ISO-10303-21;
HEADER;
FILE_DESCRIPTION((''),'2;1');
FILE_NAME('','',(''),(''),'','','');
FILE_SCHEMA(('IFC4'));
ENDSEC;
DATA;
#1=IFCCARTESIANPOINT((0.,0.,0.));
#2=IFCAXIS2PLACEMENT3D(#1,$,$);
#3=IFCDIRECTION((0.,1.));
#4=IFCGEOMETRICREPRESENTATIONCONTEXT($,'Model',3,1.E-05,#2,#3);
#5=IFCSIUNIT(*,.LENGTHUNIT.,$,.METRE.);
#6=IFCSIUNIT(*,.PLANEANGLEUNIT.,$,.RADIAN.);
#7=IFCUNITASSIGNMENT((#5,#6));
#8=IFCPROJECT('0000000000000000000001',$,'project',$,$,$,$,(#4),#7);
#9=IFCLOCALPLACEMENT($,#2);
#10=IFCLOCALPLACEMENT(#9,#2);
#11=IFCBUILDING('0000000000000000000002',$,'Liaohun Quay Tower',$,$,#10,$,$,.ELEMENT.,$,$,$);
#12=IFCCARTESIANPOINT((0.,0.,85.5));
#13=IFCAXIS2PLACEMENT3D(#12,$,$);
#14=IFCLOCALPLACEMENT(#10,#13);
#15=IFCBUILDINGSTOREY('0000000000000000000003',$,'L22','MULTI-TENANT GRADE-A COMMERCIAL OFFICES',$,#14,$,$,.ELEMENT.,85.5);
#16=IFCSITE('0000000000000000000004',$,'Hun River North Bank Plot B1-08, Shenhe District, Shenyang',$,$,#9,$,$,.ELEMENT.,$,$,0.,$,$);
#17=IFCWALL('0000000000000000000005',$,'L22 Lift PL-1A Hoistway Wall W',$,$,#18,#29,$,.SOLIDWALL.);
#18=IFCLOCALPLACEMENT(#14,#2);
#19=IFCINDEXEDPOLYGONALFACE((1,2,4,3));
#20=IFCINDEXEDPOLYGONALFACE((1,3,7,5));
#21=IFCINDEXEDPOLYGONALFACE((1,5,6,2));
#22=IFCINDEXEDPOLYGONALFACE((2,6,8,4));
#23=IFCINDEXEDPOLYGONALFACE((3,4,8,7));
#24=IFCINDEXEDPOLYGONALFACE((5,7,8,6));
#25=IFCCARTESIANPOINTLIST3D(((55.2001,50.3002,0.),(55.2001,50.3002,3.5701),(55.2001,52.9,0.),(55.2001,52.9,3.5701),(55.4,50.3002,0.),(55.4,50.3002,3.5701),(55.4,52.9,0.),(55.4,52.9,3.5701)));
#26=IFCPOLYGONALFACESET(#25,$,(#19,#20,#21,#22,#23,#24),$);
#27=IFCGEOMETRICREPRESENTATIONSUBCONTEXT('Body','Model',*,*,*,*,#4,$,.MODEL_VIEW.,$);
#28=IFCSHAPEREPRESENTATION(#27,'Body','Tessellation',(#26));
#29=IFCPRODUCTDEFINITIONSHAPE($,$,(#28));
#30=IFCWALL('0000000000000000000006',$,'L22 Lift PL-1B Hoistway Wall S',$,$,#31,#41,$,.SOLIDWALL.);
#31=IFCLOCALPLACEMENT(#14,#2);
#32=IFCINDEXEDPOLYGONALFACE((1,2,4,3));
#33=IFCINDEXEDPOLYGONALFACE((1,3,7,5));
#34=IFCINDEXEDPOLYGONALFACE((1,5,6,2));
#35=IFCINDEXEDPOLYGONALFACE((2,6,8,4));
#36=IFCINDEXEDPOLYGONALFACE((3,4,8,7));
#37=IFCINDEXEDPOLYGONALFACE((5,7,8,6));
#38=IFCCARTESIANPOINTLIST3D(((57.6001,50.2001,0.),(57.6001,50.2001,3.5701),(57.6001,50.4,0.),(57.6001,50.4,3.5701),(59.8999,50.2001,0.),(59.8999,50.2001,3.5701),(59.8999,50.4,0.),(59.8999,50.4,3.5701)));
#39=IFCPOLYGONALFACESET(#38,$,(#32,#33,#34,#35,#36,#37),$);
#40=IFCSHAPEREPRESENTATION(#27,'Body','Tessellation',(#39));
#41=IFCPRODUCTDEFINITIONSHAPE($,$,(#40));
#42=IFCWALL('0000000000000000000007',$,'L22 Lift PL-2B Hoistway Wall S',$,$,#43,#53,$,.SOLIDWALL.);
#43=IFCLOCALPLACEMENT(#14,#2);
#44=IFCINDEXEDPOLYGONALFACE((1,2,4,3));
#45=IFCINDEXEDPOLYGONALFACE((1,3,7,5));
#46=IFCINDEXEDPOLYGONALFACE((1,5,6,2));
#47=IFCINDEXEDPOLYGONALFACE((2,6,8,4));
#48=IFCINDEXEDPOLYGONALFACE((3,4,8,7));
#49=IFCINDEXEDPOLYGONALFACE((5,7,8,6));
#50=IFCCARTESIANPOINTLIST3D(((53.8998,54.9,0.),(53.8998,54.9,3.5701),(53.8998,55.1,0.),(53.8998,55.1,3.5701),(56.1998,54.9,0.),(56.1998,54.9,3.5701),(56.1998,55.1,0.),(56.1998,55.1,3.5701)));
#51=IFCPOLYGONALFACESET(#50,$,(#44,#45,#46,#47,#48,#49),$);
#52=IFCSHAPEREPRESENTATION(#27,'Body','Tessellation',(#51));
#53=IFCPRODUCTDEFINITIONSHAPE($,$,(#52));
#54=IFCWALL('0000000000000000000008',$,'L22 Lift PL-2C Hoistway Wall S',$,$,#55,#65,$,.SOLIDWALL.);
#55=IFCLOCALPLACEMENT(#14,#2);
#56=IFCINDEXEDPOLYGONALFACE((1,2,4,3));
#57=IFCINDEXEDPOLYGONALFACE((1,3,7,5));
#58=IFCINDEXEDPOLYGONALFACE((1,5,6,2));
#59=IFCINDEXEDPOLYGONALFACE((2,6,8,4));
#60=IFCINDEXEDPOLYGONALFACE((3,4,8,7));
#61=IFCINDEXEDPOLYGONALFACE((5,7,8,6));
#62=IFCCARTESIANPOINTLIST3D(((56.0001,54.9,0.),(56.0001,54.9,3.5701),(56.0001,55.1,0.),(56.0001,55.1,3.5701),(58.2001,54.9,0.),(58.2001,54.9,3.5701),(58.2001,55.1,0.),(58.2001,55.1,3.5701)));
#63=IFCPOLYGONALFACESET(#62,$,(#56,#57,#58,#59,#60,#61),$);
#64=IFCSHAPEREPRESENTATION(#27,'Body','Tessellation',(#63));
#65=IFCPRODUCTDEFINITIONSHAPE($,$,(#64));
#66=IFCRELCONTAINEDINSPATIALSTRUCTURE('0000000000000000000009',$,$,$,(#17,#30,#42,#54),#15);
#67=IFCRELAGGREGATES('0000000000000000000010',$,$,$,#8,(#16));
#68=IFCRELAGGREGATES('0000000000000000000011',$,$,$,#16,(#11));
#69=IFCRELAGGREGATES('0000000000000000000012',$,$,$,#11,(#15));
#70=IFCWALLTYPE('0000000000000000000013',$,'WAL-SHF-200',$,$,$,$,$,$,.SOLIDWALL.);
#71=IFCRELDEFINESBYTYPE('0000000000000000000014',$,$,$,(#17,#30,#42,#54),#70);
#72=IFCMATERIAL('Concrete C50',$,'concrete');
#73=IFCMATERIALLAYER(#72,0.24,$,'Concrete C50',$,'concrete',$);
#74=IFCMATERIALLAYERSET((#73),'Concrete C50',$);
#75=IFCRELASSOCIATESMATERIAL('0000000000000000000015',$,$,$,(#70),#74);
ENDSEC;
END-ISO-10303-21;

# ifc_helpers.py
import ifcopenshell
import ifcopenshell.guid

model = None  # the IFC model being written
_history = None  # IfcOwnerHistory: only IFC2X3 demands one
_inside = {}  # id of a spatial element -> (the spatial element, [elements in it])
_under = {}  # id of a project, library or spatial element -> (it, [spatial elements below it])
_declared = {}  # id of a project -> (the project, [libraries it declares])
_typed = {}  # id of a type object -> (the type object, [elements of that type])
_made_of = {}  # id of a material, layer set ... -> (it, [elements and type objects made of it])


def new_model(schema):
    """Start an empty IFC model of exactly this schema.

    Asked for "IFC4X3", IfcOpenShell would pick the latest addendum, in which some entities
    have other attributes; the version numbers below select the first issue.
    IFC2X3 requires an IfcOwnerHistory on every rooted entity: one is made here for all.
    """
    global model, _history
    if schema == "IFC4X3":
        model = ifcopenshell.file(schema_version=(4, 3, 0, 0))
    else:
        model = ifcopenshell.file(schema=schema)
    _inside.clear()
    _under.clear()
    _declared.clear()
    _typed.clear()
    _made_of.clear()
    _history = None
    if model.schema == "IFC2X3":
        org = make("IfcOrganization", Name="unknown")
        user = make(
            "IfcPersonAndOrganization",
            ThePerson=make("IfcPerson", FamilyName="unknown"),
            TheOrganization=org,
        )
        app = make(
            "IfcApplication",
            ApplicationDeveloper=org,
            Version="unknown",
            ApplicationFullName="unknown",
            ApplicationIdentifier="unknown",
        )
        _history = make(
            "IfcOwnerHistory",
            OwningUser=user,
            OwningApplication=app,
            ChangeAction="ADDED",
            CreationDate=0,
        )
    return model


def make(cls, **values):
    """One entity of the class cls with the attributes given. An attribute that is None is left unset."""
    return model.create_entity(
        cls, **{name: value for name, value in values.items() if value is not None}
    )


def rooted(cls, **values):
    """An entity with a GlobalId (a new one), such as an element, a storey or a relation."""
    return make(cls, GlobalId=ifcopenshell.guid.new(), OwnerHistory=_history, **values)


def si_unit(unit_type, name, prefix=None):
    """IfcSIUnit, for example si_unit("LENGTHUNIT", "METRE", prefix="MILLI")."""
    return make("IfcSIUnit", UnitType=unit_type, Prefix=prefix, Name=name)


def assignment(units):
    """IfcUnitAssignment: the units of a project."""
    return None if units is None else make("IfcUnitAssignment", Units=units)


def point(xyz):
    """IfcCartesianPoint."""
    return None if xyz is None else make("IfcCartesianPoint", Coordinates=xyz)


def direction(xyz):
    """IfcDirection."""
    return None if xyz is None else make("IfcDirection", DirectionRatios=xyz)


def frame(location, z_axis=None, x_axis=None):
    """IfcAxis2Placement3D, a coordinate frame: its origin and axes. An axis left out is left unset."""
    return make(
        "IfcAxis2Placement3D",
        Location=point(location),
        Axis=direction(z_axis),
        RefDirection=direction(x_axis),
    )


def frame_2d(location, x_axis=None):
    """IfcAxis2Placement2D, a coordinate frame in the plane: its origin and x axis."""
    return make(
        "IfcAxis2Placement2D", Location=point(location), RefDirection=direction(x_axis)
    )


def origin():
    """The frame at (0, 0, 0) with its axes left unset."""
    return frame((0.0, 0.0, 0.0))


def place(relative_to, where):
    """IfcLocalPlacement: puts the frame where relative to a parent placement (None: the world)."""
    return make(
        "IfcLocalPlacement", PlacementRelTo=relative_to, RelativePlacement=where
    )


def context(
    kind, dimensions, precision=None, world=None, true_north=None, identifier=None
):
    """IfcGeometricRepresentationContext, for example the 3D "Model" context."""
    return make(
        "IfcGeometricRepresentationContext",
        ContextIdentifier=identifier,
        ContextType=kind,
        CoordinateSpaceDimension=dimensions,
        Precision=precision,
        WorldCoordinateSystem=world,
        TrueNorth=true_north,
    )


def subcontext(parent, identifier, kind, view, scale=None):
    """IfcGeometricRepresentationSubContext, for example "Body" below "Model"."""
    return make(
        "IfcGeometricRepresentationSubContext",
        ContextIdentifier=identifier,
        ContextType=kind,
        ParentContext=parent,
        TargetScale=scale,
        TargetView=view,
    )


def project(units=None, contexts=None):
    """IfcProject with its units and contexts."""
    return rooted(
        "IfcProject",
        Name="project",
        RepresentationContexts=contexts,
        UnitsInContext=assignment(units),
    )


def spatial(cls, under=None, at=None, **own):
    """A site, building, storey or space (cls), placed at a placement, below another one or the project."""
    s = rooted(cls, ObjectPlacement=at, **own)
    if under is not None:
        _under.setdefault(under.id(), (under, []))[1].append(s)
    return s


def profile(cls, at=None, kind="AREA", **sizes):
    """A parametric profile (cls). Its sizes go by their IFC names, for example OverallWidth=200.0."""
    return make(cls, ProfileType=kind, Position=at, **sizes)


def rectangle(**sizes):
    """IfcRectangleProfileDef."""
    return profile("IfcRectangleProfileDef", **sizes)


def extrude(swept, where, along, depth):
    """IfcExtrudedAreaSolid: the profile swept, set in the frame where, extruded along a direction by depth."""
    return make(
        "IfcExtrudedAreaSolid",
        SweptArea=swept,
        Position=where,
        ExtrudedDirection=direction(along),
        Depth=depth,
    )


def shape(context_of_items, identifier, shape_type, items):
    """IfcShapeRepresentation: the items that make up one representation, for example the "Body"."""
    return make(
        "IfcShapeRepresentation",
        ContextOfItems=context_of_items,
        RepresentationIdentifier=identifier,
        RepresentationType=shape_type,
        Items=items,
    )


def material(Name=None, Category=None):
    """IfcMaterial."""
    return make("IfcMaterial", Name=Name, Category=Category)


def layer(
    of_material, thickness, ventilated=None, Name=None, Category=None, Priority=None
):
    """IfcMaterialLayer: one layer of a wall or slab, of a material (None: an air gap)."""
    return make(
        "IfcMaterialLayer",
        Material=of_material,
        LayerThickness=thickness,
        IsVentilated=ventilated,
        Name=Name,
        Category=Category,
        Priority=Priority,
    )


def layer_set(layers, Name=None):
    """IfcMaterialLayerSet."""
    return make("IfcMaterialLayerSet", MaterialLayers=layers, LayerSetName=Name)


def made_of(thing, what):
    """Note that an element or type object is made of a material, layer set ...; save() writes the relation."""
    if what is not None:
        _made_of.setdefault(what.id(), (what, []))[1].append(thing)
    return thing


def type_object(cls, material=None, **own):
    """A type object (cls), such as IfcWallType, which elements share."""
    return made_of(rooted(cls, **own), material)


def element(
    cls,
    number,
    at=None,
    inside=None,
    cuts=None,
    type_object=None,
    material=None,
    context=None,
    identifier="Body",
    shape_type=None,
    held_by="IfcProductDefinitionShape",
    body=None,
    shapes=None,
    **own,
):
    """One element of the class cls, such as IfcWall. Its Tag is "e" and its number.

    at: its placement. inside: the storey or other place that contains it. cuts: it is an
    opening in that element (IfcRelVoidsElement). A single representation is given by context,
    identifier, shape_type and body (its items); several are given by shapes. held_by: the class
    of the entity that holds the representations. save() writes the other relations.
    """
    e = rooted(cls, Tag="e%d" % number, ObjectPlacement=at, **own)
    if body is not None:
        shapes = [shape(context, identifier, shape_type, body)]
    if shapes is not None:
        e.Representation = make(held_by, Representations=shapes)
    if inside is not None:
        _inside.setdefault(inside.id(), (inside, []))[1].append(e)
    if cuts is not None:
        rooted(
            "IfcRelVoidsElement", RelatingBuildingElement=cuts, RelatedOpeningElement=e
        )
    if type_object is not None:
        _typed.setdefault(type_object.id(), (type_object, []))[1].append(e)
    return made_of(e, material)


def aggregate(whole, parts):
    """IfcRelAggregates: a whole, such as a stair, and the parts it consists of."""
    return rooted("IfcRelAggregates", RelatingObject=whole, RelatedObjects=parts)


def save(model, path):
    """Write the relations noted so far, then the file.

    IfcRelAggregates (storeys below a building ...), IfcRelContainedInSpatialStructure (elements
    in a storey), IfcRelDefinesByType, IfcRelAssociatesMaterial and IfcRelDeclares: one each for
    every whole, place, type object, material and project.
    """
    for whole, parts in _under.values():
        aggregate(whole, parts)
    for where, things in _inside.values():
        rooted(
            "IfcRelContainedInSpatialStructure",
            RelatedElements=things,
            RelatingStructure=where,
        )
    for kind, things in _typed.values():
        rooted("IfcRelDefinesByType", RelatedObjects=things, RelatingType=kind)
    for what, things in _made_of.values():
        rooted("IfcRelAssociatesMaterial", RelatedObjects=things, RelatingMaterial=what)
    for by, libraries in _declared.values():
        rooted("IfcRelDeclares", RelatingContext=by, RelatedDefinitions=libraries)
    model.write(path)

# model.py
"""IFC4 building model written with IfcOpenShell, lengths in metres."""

from ifc_helpers import new_model, si_unit, direction, frame, frame_2d, origin, place, context, subcontext, project, spatial, rectangle, extrude, material, layer, layer_set, type_object, element, save


model = new_model("IFC4")

# Units and contexts
model_context = context("Model", 3, precision=1e-05, world=origin(), true_north=direction((0.0, 1.0)))
body_context = subcontext(model_context, "Body", "Model", "MODEL_VIEW")
ifc_project = project(units=[si_unit("LENGTHUNIT", "METRE"), si_unit("PLANEANGLEUNIT", "RADIAN")], contexts=[model_context])

# Site, building, storey
site_placement = place(None, origin())
site = spatial("IfcSite", under=ifc_project, at=site_placement, Name="Hun River North Bank Plot B1-08, Shenhe District, Shenyang", CompositionType="ELEMENT", RefElevation=0.0)
building_placement = place(site_placement, origin())
building = spatial("IfcBuilding", under=site, at=building_placement, Name="Liaohun Quay Tower", CompositionType="ELEMENT")
storey_placement = place(building_placement, frame((0.0, 0.0, 85.5)))
storey = spatial("IfcBuildingStorey", under=building, at=storey_placement, Name="L22", Description="MULTI-TENANT GRADE-A COMMERCIAL OFFICES", CompositionType="ELEMENT", Elevation=85.5)

# Shared definitions
ifc_material_1 = material(Name="Concrete C50", Category="concrete")
ifc_layer_1 = layer(ifc_material_1, 0.24, Name="Concrete C50", Category="concrete")
ifc_layer_set_1 = layer_set([ifc_layer_1], Name="Concrete C50")
wall_type_1 = type_object("IfcWallType", Name="WAL-SHF-200", PredefinedType="SOLIDWALL", material=ifc_layer_set_1)

# Walls
wall_1_placement = place(storey_placement, frame((55.3, 52.8999, 0.0), z_axis=(0.0, 0.0, 1.0), x_axis=(0.0, -1.0, 0.0)))
element("IfcWall", 1, at=wall_1_placement, inside=storey, type_object=wall_type_1, Name="L22 Lift PL-1A Hoistway Wall W", PredefinedType="SOLIDWALL", context=body_context, shape_type="SweptSolid", body=[
    extrude(rectangle(XDim=2.5999, YDim=0.2, at=frame_2d((1.2998, 0.0))), origin(), (0.0, 0.0, 1.0), 3.5701),
])
wall_2_placement = place(storey_placement, frame((57.6001, 50.3, 0.0), z_axis=(0.0, 0.0, 1.0), x_axis=(1.0, 0.0, 0.0)))
element("IfcWall", 2, at=wall_2_placement, inside=storey, type_object=wall_type_1, Name="L22 Lift PL-1B Hoistway Wall S", PredefinedType="SOLIDWALL", context=body_context, shape_type="SweptSolid", body=[
    extrude(rectangle(XDim=2.2998, YDim=0.2, at=frame_2d((1.1499, 0.0))), origin(), (0.0, 0.0, 1.0), 3.5701),
])
wall_3_placement = place(storey_placement, frame((53.8999, 55.0, 0.0), z_axis=(0.0, 0.0, 1.0), x_axis=(1.0, 0.0, 0.0)))
element("IfcWall", 3, at=wall_3_placement, inside=storey, type_object=wall_type_1, Name="L22 Lift PL-2B Hoistway Wall S", PredefinedType="SOLIDWALL", context=body_context, shape_type="SweptSolid", body=[
    extrude(rectangle(XDim=2.3, YDim=0.2, at=frame_2d((1.1499, 0.0))), origin(), (0.0, 0.0, 1.0), 3.5701),
])
wall_4_placement = place(storey_placement, frame((56.0, 55.0, 0.0), z_axis=(0.0, 0.0, 1.0), x_axis=(1.0, 0.0, 0.0)))
element("IfcWall", 4, at=wall_4_placement, inside=storey, type_object=wall_type_1, Name="L22 Lift PL-2C Hoistway Wall S", PredefinedType="SOLIDWALL", context=body_context, shape_type="SweptSolid", body=[
    extrude(rectangle(XDim=2.2, YDim=0.2, at=frame_2d((1.1001, 0.0))), origin(), (0.0, 0.0, 1.0), 3.5701),
])

save(model, "model.ifc")
